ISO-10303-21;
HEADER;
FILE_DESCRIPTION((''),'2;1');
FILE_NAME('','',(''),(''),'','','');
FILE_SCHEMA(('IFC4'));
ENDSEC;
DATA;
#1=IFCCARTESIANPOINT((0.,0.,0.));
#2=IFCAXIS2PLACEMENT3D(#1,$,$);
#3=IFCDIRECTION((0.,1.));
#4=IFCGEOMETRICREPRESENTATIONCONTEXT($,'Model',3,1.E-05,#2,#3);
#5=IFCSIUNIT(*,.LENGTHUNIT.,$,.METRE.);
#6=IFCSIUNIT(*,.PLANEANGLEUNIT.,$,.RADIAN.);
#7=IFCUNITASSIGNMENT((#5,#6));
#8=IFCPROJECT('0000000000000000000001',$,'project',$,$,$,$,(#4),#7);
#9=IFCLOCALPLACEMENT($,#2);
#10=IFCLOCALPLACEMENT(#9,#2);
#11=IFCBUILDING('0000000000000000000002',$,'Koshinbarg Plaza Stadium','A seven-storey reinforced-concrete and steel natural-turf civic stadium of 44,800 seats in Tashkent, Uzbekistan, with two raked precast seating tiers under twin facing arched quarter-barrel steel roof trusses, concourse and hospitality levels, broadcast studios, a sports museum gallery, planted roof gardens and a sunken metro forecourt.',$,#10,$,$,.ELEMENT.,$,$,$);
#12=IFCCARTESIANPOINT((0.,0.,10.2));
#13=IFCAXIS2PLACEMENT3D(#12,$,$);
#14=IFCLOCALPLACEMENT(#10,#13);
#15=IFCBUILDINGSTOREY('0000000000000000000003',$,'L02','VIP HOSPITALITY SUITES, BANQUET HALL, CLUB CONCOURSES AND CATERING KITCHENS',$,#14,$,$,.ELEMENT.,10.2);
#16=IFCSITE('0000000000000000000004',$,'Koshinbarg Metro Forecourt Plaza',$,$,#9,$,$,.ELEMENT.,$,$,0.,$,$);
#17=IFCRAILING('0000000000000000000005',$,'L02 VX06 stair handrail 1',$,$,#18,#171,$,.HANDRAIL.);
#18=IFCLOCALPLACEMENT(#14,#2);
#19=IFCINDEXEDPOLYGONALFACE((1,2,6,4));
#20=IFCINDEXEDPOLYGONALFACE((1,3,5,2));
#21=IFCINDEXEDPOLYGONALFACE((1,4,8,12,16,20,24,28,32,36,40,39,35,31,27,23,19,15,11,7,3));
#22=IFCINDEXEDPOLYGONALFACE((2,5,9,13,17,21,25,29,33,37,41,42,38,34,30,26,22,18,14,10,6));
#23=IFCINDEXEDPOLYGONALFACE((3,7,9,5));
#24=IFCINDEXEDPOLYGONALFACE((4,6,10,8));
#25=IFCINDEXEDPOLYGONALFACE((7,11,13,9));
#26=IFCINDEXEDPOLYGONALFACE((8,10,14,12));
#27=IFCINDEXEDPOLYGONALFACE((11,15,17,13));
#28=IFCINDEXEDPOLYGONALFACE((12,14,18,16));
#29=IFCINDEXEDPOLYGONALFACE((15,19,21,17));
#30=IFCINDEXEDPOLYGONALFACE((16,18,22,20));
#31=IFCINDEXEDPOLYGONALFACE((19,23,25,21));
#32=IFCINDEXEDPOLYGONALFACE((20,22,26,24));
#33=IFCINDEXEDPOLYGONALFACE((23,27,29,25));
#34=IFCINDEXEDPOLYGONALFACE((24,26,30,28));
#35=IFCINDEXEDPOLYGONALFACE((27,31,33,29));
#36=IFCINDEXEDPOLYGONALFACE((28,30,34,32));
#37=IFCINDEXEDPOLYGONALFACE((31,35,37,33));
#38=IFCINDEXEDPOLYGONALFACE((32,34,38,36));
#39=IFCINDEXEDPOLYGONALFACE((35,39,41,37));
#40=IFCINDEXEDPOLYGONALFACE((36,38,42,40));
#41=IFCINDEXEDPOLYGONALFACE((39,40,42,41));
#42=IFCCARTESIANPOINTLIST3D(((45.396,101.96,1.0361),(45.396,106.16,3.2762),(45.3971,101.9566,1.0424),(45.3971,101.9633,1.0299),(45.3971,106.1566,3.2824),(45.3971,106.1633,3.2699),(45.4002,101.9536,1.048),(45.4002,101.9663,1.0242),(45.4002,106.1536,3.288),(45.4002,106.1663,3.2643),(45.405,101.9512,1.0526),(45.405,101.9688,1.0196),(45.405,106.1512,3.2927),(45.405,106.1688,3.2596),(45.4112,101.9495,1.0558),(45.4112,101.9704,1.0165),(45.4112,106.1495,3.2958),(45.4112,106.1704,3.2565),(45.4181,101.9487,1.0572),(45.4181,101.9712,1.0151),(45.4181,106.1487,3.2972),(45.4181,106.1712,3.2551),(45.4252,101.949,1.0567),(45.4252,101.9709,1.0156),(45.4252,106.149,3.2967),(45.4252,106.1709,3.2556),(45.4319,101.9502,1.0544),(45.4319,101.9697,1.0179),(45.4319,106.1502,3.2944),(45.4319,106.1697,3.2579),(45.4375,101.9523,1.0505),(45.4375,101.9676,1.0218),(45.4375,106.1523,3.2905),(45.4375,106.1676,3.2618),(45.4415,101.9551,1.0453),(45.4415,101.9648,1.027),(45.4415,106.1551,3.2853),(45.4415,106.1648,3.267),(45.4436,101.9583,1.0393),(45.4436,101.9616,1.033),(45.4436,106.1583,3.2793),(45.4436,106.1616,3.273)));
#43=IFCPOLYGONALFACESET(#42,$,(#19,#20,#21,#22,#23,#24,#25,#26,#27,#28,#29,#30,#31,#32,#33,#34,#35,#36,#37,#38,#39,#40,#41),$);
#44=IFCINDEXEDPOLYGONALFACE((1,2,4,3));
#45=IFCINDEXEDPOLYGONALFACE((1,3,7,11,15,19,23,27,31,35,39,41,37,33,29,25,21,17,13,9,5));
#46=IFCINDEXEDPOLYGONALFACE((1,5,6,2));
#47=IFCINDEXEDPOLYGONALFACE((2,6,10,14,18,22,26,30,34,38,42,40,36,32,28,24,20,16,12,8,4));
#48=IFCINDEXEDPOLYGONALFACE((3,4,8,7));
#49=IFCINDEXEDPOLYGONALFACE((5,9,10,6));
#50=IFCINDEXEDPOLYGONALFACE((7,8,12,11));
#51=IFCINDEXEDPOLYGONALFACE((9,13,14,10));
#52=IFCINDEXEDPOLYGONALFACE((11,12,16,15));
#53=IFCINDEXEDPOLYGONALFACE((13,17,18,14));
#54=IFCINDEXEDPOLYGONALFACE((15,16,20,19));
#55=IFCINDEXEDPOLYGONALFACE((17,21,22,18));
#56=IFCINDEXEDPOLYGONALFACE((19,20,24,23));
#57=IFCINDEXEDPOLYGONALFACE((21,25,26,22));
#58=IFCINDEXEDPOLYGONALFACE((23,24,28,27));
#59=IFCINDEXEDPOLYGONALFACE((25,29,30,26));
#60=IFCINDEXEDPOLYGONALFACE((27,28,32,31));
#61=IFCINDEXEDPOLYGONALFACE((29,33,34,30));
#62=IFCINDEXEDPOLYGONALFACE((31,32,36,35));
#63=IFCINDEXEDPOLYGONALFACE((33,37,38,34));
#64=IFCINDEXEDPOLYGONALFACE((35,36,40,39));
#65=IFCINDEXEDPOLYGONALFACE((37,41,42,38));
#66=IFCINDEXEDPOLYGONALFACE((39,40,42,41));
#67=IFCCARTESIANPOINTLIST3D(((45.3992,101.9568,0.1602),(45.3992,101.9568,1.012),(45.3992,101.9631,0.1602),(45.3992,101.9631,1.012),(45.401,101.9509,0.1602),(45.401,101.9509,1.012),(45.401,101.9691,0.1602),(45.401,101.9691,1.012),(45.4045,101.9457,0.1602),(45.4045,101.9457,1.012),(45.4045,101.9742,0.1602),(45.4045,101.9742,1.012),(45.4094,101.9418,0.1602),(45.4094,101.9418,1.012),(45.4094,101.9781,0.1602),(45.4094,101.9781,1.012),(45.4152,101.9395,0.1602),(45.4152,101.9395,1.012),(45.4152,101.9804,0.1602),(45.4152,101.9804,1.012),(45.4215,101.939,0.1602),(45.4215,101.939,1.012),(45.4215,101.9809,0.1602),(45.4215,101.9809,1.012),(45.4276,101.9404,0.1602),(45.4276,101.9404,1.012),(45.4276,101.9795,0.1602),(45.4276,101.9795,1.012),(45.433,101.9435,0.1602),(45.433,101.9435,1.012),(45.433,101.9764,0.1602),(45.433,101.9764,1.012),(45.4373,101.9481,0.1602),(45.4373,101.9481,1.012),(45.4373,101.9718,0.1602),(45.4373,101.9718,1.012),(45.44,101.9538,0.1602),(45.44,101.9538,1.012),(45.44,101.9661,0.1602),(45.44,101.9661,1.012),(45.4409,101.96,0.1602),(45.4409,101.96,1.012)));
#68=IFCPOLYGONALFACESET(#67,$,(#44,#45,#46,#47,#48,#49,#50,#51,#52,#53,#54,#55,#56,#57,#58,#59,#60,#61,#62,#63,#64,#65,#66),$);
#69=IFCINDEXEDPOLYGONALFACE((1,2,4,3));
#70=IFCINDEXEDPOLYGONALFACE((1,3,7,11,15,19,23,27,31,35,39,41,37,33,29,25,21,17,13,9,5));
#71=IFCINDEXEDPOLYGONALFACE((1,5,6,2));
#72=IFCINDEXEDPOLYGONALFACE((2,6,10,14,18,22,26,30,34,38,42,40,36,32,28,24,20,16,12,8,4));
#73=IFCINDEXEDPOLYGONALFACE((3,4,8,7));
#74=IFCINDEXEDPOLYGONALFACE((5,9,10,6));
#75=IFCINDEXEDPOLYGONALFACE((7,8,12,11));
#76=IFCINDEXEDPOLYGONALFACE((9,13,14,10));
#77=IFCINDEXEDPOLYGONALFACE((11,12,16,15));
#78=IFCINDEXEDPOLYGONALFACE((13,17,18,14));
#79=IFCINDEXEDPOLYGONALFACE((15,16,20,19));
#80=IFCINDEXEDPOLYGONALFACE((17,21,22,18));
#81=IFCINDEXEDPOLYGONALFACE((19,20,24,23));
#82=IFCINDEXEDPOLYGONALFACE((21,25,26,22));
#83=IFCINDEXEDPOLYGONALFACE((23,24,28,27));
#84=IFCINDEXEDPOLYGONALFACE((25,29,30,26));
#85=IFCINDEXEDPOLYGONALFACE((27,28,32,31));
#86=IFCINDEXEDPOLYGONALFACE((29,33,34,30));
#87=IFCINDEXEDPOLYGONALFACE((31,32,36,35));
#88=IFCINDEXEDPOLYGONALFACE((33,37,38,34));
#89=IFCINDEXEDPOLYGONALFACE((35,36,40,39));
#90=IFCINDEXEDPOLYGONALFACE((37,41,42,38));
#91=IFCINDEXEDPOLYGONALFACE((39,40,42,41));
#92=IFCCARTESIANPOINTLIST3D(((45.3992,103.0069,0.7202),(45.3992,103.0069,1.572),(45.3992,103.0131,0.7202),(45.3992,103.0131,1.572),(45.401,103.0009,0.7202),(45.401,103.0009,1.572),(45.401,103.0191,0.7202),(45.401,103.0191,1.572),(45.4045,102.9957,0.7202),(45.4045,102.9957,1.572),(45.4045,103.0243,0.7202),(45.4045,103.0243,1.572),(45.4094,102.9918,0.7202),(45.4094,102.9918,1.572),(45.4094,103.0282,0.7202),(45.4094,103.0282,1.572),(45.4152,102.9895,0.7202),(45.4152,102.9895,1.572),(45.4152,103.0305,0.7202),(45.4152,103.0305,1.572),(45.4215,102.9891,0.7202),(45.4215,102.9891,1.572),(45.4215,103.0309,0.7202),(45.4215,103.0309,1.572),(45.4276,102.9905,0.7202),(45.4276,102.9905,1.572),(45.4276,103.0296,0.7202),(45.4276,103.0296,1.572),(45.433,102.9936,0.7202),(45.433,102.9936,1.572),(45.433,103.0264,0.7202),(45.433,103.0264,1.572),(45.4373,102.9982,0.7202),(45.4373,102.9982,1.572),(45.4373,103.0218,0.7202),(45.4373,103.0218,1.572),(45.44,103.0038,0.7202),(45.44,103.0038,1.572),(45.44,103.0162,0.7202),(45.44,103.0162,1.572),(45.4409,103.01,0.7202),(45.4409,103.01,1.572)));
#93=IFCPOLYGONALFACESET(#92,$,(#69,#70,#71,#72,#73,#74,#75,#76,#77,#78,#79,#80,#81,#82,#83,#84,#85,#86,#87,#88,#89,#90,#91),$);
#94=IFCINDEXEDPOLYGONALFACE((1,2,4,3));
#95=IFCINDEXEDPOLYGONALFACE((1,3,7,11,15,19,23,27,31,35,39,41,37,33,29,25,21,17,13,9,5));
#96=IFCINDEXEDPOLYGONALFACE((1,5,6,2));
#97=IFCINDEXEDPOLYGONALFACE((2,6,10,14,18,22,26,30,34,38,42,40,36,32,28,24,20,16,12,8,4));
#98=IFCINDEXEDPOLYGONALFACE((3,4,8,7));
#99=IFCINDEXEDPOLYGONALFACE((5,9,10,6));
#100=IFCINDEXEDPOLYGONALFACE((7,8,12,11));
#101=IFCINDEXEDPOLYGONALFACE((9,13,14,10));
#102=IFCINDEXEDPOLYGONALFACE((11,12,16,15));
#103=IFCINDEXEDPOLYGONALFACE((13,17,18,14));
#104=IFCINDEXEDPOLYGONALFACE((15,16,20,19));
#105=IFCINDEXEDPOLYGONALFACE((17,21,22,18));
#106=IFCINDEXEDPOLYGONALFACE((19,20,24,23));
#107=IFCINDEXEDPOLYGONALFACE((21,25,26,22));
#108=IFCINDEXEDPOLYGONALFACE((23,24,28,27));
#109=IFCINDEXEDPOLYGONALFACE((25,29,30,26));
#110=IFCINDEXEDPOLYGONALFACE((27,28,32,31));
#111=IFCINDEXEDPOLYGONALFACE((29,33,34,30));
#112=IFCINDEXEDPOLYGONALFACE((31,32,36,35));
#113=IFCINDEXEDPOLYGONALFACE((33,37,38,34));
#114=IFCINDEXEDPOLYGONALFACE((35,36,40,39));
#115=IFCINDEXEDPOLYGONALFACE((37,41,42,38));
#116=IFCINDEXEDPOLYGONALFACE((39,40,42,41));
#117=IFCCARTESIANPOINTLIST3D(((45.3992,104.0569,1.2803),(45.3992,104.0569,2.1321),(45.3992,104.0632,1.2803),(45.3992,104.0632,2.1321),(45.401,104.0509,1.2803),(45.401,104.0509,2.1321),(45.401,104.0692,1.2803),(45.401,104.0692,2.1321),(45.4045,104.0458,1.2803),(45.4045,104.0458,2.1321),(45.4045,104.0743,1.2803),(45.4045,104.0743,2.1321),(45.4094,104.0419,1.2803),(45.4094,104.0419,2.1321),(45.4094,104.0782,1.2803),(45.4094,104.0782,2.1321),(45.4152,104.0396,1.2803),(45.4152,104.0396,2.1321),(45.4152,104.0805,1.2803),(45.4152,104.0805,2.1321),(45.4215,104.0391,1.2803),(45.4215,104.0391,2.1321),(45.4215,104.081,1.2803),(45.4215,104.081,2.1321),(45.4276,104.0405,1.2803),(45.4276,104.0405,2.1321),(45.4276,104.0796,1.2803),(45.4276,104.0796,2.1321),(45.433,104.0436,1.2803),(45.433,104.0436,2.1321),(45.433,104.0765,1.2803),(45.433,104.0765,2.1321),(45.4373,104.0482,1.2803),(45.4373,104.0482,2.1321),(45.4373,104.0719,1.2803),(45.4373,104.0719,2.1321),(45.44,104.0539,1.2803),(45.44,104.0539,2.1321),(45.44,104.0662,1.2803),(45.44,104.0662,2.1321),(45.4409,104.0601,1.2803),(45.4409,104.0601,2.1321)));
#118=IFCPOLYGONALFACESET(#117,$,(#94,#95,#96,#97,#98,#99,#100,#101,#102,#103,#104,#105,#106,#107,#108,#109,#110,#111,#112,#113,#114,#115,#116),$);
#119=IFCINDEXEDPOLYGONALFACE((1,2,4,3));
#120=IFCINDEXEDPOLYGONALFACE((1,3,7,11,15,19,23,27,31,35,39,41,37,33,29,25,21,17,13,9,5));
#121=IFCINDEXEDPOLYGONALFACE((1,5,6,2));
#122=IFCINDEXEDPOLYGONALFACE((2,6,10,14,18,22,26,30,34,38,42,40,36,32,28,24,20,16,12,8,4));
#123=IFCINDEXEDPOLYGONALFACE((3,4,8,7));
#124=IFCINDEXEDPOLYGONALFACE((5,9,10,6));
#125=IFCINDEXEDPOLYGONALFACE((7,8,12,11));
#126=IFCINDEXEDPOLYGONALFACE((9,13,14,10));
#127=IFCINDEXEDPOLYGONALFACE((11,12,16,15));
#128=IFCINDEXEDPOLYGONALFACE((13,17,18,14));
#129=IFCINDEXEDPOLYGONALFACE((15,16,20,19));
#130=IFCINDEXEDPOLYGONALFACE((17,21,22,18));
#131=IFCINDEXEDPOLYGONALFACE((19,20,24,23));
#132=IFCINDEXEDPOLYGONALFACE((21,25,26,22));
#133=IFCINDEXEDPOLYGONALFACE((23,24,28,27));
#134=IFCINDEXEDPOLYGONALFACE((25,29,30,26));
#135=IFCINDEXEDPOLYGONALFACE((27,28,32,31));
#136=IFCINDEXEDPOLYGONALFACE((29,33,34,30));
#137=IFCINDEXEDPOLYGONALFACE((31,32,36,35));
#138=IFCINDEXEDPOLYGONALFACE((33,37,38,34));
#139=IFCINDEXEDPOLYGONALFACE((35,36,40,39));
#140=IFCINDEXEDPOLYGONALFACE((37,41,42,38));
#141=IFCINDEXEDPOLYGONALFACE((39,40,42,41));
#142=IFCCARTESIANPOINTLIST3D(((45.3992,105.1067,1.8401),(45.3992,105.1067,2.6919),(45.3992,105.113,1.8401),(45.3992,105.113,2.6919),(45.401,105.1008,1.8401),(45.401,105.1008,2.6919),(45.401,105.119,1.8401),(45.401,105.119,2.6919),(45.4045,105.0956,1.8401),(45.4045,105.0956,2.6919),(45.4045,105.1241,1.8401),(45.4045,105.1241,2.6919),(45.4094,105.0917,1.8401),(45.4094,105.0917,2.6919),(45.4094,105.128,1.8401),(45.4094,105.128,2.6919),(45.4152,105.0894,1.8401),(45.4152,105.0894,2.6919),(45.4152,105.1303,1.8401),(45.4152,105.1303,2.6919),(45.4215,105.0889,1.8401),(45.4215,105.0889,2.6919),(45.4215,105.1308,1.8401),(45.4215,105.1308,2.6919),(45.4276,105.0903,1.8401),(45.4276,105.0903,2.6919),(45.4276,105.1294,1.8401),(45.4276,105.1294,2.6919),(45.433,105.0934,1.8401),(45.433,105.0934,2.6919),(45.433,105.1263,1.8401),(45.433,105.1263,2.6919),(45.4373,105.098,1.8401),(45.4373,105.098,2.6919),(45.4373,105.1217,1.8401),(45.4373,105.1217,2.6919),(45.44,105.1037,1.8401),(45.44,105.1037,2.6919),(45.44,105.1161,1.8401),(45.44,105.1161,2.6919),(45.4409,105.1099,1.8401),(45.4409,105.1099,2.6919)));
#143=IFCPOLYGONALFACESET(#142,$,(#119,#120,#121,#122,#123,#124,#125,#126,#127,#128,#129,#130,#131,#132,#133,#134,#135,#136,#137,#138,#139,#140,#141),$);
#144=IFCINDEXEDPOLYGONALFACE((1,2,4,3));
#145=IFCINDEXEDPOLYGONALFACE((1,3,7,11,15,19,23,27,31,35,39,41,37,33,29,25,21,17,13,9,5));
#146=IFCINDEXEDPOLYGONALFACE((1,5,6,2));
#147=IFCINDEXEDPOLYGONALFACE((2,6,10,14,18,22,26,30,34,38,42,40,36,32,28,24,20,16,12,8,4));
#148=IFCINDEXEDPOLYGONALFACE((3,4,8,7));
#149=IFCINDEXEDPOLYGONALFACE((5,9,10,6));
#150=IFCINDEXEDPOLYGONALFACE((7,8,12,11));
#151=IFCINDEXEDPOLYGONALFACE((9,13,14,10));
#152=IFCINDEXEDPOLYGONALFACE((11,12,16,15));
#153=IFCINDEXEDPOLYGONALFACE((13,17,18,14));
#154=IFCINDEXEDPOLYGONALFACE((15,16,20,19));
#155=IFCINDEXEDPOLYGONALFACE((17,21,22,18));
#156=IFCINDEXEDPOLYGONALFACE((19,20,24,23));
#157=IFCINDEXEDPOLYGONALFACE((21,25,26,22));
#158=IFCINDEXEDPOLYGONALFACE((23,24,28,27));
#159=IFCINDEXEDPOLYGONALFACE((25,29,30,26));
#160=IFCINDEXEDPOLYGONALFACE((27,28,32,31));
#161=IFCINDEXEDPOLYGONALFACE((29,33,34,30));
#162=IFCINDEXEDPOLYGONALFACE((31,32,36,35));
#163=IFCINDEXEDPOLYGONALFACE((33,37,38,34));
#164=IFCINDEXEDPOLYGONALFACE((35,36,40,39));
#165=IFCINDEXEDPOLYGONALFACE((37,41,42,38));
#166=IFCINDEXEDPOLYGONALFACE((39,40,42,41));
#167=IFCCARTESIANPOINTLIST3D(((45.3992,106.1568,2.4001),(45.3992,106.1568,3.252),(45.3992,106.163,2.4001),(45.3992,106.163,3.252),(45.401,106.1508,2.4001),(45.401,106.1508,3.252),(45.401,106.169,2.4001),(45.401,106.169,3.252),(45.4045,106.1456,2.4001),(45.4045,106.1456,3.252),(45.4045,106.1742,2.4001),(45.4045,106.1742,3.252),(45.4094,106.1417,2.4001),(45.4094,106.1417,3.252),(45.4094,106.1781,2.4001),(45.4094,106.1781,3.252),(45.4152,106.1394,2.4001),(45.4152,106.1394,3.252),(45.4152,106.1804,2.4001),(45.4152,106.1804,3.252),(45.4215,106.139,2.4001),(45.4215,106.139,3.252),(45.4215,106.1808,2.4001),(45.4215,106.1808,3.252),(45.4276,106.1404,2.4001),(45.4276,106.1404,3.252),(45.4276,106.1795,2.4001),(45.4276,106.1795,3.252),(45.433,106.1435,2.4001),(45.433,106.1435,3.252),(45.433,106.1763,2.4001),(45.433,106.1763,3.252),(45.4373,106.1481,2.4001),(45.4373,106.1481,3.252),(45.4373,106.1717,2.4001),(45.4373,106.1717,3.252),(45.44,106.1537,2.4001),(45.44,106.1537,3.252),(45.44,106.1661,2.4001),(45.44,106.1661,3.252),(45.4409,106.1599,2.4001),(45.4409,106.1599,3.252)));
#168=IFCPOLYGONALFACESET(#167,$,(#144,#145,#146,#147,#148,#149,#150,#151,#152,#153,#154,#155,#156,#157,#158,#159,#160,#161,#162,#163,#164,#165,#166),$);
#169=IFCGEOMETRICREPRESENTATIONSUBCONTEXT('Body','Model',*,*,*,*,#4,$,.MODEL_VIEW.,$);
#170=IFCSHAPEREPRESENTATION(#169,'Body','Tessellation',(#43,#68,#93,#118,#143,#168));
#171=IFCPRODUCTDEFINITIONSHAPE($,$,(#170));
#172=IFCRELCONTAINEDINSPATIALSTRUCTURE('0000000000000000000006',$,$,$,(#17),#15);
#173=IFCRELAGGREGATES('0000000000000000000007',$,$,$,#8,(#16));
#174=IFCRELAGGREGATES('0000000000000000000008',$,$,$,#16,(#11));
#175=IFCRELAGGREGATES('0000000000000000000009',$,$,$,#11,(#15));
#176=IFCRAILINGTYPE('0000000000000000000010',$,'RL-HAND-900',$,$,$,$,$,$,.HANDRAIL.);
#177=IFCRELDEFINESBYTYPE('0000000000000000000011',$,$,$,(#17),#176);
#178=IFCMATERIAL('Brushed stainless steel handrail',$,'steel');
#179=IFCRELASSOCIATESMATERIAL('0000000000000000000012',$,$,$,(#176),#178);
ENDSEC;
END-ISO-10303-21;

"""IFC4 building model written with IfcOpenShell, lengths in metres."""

from ifc_helpers import new_model, si_unit, direction, frame, origin, origin_2d, place, context, subcontext, project, spatial, circle, extrude, material, type_object, element, save


model = new_model("IFC4")

# Units and contexts
model_context = context("Model", 3, precision=1e-05, world=origin(), true_north=direction((0.0, 1.0)))
body_context = subcontext(model_context, "Body", "Model", "MODEL_VIEW")
ifc_project = project(units=[si_unit("LENGTHUNIT", "METRE"), si_unit("PLANEANGLEUNIT", "RADIAN")], contexts=[model_context])

# Site, building, storey
site_placement = place(None, origin())
site = spatial("IfcSite", under=ifc_project, at=site_placement, Name="Koshinbarg Metro Forecourt Plaza", CompositionType="ELEMENT", RefElevation=0.0)
building_placement = place(site_placement, origin())
building = spatial("IfcBuilding", under=site, at=building_placement, Name="Koshinbarg Plaza Stadium", Description="A seven-storey reinforced-concrete and steel natural-turf civic stadium of 44,800 seats in Tashkent, Uzbekistan, with two raked precast seating tiers under twin facing arched quarter-barrel steel roof trusses, concourse and hospitality levels, broadcast studios, a sports museum gallery, planted roof gardens and a sunken metro forecourt.", CompositionType="ELEMENT")
storey_placement = place(building_placement, frame((0.0, 0.0, 10.2)))
storey = spatial("IfcBuildingStorey", under=building, at=storey_placement, Name="L02", Description="VIP HOSPITALITY SUITES, BANQUET HALL, CLUB CONCOURSES AND CATERING KITCHENS", CompositionType="ELEMENT", Elevation=10.2)

# Railing
ifc_material_1 = material(Name="Brushed stainless steel handrail", Category="steel")
railing_type_1 = type_object("IfcRailingType", Name="RL-HAND-900", PredefinedType="HANDRAIL", material=ifc_material_1)
railing_1_placement = place(storey_placement, frame((45.4199, 101.96, 0.1602)))
element("IfcRailing", 1, at=railing_1_placement, inside=storey, type_object=railing_type_1, Name="L02 VX06 stair handrail 1", PredefinedType="HANDRAIL", context=body_context, shape_type="SweptSolid", body=[
    extrude(circle(Radius=0.0239, at=origin_2d()), frame((0.0, 0.0, 0.876), z_axis=(0.0, 0.882352, 0.470591), x_axis=(-1.0, 0.0, 0.0)), (0.0, 0.0, 1.0), 4.76),
    extrude(circle(Radius=0.021, at=origin_2d()), origin(), (0.0, 0.0, 1.0), 0.8518),
    extrude(circle(Radius=0.021, at=origin_2d()), frame((0.0, 1.05, 0.5601)), (0.0, 0.0, 1.0), 0.8518),
    extrude(circle(Radius=0.021, at=origin_2d()), frame((0.0, 2.1001, 1.1201)), (0.0, 0.0, 1.0), 0.8518),
    extrude(circle(Radius=0.021, at=origin_2d()), frame((0.0, 3.1499, 1.6799)), (0.0, 0.0, 1.0), 0.8518),
    extrude(circle(Radius=0.021, at=origin_2d()), frame((0.0, 4.2, 2.24)), (0.0, 0.0, 1.0), 0.8518),
])

save(model, "model.ifc")
